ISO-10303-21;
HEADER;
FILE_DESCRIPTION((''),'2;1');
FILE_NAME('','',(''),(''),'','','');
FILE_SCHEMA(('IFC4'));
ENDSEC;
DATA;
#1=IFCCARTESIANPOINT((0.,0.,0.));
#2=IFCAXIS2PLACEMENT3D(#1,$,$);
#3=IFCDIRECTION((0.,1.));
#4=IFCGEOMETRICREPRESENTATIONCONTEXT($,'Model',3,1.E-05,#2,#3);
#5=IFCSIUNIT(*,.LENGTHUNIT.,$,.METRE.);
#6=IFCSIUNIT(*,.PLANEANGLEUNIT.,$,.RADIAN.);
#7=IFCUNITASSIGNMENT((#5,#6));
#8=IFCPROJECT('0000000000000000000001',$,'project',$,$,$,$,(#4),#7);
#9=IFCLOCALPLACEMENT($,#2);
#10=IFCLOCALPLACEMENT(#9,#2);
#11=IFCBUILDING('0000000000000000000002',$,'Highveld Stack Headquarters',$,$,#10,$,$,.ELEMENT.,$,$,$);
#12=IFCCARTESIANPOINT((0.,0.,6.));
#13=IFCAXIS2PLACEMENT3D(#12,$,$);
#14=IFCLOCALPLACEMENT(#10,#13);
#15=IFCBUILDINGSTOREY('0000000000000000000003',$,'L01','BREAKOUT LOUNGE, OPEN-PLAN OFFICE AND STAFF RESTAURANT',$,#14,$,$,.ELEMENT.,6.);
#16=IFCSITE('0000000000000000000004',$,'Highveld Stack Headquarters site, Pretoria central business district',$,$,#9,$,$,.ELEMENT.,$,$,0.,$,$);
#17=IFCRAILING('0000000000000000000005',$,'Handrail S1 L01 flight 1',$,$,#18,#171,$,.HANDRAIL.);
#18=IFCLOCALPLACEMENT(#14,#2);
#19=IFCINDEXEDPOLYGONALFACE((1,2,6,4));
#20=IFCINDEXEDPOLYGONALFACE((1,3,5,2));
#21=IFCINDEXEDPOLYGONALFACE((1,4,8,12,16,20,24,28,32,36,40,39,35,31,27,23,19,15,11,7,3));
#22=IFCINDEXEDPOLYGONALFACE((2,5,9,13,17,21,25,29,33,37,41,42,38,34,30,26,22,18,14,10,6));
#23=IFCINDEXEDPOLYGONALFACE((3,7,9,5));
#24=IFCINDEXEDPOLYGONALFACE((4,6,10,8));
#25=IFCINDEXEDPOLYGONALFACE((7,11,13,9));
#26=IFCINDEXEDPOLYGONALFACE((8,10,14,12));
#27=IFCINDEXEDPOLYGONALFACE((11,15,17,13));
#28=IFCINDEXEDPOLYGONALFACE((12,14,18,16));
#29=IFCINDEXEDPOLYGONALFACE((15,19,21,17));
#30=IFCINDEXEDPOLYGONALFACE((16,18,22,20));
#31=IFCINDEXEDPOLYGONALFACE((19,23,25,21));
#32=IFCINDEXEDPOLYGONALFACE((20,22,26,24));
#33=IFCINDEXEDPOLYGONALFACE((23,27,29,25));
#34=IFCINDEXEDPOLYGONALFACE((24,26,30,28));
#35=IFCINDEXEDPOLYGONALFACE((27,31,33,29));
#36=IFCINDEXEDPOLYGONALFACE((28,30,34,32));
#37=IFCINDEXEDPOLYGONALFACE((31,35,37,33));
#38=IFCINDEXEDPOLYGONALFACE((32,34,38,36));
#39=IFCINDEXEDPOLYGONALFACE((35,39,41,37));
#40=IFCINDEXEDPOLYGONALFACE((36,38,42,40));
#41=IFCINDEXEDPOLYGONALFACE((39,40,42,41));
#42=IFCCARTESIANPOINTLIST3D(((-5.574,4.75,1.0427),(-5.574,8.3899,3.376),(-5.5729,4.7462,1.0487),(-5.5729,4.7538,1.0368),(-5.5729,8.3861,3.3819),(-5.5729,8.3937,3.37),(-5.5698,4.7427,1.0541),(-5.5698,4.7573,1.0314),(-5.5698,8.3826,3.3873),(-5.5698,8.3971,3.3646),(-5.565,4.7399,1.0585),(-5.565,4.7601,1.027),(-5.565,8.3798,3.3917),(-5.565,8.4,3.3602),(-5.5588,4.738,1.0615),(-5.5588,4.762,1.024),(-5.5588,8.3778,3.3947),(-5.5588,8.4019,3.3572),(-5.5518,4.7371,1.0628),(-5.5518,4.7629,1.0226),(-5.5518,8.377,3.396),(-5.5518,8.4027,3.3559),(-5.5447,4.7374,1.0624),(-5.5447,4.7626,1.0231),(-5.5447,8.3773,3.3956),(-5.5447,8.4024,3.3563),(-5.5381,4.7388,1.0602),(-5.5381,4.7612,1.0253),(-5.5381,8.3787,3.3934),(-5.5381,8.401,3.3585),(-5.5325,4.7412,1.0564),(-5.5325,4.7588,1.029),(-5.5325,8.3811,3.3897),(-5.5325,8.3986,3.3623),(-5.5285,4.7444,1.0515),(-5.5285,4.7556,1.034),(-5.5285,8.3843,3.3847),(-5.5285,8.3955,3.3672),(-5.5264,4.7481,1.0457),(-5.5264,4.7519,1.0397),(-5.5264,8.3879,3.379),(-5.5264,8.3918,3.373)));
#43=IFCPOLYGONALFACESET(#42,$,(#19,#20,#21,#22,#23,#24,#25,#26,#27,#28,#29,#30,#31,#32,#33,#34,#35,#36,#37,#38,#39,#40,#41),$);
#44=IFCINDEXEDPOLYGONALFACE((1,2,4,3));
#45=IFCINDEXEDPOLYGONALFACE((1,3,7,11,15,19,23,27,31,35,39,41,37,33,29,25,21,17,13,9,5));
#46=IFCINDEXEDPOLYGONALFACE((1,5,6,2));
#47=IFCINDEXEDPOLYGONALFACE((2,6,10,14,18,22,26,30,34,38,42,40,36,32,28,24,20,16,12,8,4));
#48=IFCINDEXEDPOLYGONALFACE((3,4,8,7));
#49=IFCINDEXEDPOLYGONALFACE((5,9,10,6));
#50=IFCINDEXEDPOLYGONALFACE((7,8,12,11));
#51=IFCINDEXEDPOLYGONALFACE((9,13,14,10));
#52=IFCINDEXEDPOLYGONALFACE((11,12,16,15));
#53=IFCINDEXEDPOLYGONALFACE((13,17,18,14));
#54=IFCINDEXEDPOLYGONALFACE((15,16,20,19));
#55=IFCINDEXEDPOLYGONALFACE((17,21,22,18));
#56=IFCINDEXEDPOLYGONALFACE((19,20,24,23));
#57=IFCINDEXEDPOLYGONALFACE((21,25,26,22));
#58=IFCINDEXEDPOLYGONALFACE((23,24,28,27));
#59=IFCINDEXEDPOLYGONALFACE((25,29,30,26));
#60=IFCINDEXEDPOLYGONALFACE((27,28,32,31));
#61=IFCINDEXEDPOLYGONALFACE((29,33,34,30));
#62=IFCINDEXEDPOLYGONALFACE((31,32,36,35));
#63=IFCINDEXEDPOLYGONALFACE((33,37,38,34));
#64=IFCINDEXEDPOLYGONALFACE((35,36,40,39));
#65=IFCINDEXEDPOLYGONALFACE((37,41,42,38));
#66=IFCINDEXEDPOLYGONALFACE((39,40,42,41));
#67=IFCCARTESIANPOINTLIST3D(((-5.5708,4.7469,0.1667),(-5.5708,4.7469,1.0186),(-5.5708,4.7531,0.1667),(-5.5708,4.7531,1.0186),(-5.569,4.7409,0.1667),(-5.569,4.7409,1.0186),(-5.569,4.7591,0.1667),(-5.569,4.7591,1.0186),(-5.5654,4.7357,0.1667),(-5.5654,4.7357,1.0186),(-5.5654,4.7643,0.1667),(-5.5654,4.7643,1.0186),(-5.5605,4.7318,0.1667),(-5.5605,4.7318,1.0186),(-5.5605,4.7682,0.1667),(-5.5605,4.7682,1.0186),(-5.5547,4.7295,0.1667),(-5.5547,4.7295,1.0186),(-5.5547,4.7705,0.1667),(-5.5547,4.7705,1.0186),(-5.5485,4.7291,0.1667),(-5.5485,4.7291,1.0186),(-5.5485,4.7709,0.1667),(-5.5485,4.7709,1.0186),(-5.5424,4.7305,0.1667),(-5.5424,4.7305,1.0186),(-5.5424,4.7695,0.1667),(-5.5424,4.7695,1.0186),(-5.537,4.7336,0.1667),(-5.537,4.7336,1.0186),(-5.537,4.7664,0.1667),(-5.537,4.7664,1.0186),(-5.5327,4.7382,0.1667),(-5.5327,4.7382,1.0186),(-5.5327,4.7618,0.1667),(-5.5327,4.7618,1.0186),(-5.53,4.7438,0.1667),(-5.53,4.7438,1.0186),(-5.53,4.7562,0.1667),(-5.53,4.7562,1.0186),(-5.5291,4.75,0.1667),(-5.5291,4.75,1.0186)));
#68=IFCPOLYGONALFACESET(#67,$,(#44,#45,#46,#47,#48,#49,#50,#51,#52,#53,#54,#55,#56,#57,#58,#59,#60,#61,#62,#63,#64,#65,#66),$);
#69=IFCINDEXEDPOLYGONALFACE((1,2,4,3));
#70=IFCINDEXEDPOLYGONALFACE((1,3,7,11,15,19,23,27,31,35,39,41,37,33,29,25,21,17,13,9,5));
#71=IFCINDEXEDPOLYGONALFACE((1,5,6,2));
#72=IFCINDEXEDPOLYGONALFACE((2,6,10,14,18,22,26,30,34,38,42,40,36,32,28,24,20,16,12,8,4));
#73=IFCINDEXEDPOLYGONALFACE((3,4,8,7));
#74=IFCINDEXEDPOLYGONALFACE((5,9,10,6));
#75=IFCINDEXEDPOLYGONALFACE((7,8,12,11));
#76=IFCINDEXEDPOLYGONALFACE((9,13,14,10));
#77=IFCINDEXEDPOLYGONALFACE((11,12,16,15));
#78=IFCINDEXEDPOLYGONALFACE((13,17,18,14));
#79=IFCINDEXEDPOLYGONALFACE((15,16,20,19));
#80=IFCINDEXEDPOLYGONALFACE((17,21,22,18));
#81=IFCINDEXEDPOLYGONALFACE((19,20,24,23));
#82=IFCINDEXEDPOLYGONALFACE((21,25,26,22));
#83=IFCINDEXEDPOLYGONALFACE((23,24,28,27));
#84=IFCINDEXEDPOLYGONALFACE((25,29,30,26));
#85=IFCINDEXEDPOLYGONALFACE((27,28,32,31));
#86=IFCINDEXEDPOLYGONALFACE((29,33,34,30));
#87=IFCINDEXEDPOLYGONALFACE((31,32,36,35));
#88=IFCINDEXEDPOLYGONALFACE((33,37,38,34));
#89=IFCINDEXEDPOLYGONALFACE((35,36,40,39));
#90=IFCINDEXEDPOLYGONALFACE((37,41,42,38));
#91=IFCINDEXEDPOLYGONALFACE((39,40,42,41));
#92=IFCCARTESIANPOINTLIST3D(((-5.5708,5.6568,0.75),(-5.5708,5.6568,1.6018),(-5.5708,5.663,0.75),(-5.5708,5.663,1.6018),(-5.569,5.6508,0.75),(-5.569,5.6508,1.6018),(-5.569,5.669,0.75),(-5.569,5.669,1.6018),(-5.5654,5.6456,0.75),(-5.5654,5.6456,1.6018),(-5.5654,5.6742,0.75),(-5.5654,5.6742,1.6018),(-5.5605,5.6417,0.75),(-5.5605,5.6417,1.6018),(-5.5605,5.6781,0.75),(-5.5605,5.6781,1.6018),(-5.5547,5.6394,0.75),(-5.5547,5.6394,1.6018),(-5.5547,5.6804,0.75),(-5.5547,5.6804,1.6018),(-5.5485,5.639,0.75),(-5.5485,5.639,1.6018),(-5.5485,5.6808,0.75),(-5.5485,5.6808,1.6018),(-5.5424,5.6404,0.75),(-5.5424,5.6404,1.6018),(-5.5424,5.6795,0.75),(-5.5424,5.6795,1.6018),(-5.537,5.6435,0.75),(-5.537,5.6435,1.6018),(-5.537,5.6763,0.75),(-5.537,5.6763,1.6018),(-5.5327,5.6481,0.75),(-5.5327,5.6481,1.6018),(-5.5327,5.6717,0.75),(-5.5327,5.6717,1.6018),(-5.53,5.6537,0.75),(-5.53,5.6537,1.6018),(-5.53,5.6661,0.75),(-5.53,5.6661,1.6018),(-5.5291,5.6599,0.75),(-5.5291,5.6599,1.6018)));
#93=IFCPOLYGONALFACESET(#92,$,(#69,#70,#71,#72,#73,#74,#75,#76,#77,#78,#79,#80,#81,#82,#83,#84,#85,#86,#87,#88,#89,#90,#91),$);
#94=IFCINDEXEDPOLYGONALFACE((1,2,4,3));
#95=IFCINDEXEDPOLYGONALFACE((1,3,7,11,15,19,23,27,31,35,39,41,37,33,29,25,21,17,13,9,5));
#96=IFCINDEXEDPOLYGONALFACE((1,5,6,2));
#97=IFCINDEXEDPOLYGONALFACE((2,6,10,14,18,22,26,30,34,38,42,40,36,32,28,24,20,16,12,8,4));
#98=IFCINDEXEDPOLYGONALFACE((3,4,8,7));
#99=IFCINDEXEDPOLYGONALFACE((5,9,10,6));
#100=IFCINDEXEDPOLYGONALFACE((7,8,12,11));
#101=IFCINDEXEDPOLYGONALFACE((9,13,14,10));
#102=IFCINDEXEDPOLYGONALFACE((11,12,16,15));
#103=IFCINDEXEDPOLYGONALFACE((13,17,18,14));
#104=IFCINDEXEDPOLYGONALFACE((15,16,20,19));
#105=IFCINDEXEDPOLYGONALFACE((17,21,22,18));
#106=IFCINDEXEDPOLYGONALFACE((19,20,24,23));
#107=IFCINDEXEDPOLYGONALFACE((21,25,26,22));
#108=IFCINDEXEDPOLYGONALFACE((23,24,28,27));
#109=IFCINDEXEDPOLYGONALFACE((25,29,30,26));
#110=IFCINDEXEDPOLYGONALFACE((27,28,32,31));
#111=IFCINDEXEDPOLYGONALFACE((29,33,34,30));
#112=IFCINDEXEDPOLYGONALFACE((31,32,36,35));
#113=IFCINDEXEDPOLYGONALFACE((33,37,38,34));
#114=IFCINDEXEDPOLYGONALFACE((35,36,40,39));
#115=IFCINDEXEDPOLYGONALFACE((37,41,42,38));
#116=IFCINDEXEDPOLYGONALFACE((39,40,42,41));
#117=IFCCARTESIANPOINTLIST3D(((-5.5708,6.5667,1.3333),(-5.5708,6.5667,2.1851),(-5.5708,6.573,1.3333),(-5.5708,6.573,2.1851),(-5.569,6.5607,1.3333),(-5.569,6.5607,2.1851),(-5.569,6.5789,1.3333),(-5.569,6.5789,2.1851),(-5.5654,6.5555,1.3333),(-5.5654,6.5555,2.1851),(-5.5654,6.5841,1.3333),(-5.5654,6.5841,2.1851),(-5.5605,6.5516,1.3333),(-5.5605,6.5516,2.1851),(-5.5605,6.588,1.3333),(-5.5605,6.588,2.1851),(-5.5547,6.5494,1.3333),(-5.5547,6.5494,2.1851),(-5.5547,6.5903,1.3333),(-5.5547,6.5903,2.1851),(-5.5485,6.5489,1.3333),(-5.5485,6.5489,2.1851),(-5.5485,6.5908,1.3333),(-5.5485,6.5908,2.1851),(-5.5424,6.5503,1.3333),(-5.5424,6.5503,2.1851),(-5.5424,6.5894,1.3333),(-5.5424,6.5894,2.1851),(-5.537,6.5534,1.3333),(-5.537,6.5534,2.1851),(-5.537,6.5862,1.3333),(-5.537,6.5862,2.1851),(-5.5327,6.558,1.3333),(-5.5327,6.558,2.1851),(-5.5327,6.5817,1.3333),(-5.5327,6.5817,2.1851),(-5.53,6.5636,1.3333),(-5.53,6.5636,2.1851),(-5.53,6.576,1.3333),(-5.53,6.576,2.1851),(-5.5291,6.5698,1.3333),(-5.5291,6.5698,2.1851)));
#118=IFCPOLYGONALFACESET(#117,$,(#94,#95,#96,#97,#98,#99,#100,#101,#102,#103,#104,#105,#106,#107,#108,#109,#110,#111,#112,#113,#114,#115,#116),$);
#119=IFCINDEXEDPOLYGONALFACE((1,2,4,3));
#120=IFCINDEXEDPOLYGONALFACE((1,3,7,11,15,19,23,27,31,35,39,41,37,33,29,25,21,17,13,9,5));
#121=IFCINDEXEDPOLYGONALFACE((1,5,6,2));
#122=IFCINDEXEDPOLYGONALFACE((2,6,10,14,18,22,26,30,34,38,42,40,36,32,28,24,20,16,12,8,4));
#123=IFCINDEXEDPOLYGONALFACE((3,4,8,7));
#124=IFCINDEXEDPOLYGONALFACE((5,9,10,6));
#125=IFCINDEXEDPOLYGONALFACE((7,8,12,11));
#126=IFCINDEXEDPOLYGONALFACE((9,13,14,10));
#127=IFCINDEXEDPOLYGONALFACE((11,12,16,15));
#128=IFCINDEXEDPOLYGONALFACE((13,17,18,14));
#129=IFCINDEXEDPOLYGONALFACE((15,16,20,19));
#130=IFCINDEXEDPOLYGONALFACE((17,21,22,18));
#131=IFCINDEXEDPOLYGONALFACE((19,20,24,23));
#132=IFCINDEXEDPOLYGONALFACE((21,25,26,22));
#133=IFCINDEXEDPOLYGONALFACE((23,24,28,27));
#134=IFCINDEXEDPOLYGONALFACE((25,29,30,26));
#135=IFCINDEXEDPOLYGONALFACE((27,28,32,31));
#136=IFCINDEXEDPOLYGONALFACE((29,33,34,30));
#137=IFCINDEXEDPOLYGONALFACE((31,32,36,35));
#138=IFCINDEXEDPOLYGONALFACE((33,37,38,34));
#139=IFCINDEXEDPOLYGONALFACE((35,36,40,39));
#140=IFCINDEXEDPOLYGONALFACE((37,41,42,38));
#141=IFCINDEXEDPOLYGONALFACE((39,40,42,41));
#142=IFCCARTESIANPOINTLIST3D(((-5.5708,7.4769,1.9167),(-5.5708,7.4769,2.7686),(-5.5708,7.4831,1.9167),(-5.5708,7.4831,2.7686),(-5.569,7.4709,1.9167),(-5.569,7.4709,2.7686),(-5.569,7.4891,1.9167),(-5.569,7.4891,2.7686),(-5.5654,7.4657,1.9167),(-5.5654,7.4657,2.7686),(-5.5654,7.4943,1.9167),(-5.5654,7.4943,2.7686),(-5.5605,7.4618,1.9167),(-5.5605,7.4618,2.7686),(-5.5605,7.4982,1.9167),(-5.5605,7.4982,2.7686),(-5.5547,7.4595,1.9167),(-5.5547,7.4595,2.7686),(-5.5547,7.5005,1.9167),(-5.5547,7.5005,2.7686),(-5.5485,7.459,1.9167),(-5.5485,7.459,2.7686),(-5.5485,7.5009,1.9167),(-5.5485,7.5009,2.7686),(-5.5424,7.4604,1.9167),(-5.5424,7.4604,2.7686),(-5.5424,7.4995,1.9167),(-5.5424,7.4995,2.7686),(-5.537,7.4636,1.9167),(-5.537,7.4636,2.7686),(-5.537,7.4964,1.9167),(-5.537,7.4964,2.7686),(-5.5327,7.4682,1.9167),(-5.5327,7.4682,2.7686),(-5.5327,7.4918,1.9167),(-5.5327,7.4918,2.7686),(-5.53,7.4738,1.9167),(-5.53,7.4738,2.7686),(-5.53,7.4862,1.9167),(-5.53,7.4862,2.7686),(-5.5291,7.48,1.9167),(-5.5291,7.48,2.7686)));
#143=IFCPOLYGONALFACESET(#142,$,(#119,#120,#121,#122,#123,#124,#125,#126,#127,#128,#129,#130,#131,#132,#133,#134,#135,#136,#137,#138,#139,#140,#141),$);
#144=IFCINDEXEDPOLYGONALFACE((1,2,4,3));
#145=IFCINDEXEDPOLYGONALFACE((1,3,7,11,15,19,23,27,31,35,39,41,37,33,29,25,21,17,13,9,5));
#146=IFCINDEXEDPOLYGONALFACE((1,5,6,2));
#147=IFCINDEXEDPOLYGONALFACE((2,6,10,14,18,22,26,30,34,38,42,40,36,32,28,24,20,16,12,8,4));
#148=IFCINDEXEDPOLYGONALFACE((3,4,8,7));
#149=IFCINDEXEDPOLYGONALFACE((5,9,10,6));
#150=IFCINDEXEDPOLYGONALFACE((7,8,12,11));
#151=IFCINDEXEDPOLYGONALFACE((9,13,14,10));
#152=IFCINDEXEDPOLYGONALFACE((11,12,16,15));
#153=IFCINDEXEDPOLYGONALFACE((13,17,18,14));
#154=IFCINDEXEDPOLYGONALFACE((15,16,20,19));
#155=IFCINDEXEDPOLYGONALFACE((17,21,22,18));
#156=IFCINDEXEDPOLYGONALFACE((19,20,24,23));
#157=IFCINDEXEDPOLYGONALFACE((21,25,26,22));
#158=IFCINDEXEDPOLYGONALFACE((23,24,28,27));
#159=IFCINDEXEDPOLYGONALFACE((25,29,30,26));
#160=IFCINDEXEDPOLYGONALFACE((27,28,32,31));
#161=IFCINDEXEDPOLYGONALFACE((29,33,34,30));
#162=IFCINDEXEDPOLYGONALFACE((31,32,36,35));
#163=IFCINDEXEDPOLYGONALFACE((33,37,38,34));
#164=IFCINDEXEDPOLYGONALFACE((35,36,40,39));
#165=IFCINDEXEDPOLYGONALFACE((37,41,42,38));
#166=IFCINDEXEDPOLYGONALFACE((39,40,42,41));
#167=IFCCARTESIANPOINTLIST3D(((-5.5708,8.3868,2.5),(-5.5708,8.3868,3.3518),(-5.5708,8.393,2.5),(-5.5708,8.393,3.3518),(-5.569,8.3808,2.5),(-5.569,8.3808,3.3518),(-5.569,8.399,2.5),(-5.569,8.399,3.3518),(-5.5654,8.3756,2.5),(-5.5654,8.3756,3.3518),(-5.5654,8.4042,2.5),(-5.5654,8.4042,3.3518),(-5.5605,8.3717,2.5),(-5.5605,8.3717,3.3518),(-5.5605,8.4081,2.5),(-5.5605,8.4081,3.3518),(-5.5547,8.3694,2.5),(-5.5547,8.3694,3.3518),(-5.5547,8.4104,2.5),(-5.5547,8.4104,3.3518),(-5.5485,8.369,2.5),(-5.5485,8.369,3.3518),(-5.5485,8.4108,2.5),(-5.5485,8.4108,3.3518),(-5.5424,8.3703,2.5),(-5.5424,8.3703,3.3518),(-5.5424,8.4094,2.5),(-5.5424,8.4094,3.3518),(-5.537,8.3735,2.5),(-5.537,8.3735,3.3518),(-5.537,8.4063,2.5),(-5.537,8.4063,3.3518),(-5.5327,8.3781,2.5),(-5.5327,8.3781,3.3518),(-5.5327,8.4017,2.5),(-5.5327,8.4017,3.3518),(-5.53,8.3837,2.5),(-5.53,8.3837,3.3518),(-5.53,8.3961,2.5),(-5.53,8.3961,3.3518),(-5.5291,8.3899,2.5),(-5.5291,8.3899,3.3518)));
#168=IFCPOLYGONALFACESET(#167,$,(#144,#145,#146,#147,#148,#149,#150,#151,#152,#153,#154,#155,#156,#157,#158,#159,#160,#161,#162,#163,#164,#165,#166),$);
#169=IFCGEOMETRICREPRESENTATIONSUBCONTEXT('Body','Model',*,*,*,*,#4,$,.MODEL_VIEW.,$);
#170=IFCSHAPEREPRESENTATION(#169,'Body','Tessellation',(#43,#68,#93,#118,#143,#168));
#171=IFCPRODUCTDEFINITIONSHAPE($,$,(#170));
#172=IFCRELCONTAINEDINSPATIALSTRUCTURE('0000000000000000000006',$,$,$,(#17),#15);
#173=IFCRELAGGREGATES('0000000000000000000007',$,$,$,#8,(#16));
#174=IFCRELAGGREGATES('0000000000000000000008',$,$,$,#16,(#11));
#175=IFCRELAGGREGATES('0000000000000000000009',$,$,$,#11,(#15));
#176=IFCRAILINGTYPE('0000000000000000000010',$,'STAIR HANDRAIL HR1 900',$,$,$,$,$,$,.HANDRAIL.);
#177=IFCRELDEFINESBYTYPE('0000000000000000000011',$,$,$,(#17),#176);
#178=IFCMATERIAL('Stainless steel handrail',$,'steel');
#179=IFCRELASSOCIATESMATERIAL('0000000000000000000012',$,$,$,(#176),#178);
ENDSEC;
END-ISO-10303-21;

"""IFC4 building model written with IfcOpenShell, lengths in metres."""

from ifc_helpers import new_model, si_unit, direction, frame, origin, origin_2d, place, context, subcontext, project, spatial, circle, extrude, material, type_object, element, save


model = new_model("IFC4")

# Units and contexts
model_context = context("Model", 3, precision=1e-05, world=origin(), true_north=direction((0.0, 1.0)))
body_context = subcontext(model_context, "Body", "Model", "MODEL_VIEW")
ifc_project = project(units=[si_unit("LENGTHUNIT", "METRE"), si_unit("PLANEANGLEUNIT", "RADIAN")], contexts=[model_context])

# Site, building, storey
site_placement = place(None, origin())
site = spatial("IfcSite", under=ifc_project, at=site_placement, Name="Highveld Stack Headquarters site, Pretoria central business district", CompositionType="ELEMENT", RefElevation=0.0)
building_placement = place(site_placement, origin())
building = spatial("IfcBuilding", under=site, at=building_placement, Name="Highveld Stack Headquarters", CompositionType="ELEMENT")
storey_placement = place(building_placement, frame((0.0, 0.0, 6.0)))
storey = spatial("IfcBuildingStorey", under=building, at=storey_placement, Name="L01", Description="BREAKOUT LOUNGE, OPEN-PLAN OFFICE AND STAFF RESTAURANT", CompositionType="ELEMENT", Elevation=6.0)

# Railing
ifc_material_1 = material(Name="Stainless steel handrail", Category="steel")
railing_type = type_object("IfcRailingType", Name="STAIR HANDRAIL HR1 900", PredefinedType="HANDRAIL", material=ifc_material_1)
for number, where, name in (
    (1, (-5.55, 4.75, 0.1667), "Handrail S1 L01 flight 1"),
):
    element("IfcRailing", number, at=place(storey_placement, frame(where)), inside=storey, type_object=railing_type, Name=name, PredefinedType="HANDRAIL", context=body_context, shape_type="SweptSolid", body=[
        extrude(circle(Radius=0.0239, at=origin_2d()), frame((0.0, 0.0, 0.876), z_axis=(0.0, 0.84188, 0.539664), x_axis=(-1.0, 0.0, 0.0)), (0.0, 0.0, 1.0), 4.3235),
        extrude(circle(Radius=0.021, at=origin_2d()), origin(), (0.0, 0.0, 1.0), 0.8518),
        extrude(circle(Radius=0.021, at=origin_2d()), frame((0.0, 0.9099, 0.5833)), (0.0, 0.0, 1.0), 0.8518),
        extrude(circle(Radius=0.021, at=origin_2d()), frame((0.0, 1.8198, 1.1665)), (0.0, 0.0, 1.0), 0.8518),
        extrude(circle(Radius=0.021, at=origin_2d()), frame((0.0, 2.73, 1.75)), (0.0, 0.0, 1.0), 0.8518),
        extrude(circle(Radius=0.021, at=origin_2d()), frame((0.0, 3.6399, 2.3333)), (0.0, 0.0, 1.0), 0.8518),
    ])

save(model, "model.ifc")
